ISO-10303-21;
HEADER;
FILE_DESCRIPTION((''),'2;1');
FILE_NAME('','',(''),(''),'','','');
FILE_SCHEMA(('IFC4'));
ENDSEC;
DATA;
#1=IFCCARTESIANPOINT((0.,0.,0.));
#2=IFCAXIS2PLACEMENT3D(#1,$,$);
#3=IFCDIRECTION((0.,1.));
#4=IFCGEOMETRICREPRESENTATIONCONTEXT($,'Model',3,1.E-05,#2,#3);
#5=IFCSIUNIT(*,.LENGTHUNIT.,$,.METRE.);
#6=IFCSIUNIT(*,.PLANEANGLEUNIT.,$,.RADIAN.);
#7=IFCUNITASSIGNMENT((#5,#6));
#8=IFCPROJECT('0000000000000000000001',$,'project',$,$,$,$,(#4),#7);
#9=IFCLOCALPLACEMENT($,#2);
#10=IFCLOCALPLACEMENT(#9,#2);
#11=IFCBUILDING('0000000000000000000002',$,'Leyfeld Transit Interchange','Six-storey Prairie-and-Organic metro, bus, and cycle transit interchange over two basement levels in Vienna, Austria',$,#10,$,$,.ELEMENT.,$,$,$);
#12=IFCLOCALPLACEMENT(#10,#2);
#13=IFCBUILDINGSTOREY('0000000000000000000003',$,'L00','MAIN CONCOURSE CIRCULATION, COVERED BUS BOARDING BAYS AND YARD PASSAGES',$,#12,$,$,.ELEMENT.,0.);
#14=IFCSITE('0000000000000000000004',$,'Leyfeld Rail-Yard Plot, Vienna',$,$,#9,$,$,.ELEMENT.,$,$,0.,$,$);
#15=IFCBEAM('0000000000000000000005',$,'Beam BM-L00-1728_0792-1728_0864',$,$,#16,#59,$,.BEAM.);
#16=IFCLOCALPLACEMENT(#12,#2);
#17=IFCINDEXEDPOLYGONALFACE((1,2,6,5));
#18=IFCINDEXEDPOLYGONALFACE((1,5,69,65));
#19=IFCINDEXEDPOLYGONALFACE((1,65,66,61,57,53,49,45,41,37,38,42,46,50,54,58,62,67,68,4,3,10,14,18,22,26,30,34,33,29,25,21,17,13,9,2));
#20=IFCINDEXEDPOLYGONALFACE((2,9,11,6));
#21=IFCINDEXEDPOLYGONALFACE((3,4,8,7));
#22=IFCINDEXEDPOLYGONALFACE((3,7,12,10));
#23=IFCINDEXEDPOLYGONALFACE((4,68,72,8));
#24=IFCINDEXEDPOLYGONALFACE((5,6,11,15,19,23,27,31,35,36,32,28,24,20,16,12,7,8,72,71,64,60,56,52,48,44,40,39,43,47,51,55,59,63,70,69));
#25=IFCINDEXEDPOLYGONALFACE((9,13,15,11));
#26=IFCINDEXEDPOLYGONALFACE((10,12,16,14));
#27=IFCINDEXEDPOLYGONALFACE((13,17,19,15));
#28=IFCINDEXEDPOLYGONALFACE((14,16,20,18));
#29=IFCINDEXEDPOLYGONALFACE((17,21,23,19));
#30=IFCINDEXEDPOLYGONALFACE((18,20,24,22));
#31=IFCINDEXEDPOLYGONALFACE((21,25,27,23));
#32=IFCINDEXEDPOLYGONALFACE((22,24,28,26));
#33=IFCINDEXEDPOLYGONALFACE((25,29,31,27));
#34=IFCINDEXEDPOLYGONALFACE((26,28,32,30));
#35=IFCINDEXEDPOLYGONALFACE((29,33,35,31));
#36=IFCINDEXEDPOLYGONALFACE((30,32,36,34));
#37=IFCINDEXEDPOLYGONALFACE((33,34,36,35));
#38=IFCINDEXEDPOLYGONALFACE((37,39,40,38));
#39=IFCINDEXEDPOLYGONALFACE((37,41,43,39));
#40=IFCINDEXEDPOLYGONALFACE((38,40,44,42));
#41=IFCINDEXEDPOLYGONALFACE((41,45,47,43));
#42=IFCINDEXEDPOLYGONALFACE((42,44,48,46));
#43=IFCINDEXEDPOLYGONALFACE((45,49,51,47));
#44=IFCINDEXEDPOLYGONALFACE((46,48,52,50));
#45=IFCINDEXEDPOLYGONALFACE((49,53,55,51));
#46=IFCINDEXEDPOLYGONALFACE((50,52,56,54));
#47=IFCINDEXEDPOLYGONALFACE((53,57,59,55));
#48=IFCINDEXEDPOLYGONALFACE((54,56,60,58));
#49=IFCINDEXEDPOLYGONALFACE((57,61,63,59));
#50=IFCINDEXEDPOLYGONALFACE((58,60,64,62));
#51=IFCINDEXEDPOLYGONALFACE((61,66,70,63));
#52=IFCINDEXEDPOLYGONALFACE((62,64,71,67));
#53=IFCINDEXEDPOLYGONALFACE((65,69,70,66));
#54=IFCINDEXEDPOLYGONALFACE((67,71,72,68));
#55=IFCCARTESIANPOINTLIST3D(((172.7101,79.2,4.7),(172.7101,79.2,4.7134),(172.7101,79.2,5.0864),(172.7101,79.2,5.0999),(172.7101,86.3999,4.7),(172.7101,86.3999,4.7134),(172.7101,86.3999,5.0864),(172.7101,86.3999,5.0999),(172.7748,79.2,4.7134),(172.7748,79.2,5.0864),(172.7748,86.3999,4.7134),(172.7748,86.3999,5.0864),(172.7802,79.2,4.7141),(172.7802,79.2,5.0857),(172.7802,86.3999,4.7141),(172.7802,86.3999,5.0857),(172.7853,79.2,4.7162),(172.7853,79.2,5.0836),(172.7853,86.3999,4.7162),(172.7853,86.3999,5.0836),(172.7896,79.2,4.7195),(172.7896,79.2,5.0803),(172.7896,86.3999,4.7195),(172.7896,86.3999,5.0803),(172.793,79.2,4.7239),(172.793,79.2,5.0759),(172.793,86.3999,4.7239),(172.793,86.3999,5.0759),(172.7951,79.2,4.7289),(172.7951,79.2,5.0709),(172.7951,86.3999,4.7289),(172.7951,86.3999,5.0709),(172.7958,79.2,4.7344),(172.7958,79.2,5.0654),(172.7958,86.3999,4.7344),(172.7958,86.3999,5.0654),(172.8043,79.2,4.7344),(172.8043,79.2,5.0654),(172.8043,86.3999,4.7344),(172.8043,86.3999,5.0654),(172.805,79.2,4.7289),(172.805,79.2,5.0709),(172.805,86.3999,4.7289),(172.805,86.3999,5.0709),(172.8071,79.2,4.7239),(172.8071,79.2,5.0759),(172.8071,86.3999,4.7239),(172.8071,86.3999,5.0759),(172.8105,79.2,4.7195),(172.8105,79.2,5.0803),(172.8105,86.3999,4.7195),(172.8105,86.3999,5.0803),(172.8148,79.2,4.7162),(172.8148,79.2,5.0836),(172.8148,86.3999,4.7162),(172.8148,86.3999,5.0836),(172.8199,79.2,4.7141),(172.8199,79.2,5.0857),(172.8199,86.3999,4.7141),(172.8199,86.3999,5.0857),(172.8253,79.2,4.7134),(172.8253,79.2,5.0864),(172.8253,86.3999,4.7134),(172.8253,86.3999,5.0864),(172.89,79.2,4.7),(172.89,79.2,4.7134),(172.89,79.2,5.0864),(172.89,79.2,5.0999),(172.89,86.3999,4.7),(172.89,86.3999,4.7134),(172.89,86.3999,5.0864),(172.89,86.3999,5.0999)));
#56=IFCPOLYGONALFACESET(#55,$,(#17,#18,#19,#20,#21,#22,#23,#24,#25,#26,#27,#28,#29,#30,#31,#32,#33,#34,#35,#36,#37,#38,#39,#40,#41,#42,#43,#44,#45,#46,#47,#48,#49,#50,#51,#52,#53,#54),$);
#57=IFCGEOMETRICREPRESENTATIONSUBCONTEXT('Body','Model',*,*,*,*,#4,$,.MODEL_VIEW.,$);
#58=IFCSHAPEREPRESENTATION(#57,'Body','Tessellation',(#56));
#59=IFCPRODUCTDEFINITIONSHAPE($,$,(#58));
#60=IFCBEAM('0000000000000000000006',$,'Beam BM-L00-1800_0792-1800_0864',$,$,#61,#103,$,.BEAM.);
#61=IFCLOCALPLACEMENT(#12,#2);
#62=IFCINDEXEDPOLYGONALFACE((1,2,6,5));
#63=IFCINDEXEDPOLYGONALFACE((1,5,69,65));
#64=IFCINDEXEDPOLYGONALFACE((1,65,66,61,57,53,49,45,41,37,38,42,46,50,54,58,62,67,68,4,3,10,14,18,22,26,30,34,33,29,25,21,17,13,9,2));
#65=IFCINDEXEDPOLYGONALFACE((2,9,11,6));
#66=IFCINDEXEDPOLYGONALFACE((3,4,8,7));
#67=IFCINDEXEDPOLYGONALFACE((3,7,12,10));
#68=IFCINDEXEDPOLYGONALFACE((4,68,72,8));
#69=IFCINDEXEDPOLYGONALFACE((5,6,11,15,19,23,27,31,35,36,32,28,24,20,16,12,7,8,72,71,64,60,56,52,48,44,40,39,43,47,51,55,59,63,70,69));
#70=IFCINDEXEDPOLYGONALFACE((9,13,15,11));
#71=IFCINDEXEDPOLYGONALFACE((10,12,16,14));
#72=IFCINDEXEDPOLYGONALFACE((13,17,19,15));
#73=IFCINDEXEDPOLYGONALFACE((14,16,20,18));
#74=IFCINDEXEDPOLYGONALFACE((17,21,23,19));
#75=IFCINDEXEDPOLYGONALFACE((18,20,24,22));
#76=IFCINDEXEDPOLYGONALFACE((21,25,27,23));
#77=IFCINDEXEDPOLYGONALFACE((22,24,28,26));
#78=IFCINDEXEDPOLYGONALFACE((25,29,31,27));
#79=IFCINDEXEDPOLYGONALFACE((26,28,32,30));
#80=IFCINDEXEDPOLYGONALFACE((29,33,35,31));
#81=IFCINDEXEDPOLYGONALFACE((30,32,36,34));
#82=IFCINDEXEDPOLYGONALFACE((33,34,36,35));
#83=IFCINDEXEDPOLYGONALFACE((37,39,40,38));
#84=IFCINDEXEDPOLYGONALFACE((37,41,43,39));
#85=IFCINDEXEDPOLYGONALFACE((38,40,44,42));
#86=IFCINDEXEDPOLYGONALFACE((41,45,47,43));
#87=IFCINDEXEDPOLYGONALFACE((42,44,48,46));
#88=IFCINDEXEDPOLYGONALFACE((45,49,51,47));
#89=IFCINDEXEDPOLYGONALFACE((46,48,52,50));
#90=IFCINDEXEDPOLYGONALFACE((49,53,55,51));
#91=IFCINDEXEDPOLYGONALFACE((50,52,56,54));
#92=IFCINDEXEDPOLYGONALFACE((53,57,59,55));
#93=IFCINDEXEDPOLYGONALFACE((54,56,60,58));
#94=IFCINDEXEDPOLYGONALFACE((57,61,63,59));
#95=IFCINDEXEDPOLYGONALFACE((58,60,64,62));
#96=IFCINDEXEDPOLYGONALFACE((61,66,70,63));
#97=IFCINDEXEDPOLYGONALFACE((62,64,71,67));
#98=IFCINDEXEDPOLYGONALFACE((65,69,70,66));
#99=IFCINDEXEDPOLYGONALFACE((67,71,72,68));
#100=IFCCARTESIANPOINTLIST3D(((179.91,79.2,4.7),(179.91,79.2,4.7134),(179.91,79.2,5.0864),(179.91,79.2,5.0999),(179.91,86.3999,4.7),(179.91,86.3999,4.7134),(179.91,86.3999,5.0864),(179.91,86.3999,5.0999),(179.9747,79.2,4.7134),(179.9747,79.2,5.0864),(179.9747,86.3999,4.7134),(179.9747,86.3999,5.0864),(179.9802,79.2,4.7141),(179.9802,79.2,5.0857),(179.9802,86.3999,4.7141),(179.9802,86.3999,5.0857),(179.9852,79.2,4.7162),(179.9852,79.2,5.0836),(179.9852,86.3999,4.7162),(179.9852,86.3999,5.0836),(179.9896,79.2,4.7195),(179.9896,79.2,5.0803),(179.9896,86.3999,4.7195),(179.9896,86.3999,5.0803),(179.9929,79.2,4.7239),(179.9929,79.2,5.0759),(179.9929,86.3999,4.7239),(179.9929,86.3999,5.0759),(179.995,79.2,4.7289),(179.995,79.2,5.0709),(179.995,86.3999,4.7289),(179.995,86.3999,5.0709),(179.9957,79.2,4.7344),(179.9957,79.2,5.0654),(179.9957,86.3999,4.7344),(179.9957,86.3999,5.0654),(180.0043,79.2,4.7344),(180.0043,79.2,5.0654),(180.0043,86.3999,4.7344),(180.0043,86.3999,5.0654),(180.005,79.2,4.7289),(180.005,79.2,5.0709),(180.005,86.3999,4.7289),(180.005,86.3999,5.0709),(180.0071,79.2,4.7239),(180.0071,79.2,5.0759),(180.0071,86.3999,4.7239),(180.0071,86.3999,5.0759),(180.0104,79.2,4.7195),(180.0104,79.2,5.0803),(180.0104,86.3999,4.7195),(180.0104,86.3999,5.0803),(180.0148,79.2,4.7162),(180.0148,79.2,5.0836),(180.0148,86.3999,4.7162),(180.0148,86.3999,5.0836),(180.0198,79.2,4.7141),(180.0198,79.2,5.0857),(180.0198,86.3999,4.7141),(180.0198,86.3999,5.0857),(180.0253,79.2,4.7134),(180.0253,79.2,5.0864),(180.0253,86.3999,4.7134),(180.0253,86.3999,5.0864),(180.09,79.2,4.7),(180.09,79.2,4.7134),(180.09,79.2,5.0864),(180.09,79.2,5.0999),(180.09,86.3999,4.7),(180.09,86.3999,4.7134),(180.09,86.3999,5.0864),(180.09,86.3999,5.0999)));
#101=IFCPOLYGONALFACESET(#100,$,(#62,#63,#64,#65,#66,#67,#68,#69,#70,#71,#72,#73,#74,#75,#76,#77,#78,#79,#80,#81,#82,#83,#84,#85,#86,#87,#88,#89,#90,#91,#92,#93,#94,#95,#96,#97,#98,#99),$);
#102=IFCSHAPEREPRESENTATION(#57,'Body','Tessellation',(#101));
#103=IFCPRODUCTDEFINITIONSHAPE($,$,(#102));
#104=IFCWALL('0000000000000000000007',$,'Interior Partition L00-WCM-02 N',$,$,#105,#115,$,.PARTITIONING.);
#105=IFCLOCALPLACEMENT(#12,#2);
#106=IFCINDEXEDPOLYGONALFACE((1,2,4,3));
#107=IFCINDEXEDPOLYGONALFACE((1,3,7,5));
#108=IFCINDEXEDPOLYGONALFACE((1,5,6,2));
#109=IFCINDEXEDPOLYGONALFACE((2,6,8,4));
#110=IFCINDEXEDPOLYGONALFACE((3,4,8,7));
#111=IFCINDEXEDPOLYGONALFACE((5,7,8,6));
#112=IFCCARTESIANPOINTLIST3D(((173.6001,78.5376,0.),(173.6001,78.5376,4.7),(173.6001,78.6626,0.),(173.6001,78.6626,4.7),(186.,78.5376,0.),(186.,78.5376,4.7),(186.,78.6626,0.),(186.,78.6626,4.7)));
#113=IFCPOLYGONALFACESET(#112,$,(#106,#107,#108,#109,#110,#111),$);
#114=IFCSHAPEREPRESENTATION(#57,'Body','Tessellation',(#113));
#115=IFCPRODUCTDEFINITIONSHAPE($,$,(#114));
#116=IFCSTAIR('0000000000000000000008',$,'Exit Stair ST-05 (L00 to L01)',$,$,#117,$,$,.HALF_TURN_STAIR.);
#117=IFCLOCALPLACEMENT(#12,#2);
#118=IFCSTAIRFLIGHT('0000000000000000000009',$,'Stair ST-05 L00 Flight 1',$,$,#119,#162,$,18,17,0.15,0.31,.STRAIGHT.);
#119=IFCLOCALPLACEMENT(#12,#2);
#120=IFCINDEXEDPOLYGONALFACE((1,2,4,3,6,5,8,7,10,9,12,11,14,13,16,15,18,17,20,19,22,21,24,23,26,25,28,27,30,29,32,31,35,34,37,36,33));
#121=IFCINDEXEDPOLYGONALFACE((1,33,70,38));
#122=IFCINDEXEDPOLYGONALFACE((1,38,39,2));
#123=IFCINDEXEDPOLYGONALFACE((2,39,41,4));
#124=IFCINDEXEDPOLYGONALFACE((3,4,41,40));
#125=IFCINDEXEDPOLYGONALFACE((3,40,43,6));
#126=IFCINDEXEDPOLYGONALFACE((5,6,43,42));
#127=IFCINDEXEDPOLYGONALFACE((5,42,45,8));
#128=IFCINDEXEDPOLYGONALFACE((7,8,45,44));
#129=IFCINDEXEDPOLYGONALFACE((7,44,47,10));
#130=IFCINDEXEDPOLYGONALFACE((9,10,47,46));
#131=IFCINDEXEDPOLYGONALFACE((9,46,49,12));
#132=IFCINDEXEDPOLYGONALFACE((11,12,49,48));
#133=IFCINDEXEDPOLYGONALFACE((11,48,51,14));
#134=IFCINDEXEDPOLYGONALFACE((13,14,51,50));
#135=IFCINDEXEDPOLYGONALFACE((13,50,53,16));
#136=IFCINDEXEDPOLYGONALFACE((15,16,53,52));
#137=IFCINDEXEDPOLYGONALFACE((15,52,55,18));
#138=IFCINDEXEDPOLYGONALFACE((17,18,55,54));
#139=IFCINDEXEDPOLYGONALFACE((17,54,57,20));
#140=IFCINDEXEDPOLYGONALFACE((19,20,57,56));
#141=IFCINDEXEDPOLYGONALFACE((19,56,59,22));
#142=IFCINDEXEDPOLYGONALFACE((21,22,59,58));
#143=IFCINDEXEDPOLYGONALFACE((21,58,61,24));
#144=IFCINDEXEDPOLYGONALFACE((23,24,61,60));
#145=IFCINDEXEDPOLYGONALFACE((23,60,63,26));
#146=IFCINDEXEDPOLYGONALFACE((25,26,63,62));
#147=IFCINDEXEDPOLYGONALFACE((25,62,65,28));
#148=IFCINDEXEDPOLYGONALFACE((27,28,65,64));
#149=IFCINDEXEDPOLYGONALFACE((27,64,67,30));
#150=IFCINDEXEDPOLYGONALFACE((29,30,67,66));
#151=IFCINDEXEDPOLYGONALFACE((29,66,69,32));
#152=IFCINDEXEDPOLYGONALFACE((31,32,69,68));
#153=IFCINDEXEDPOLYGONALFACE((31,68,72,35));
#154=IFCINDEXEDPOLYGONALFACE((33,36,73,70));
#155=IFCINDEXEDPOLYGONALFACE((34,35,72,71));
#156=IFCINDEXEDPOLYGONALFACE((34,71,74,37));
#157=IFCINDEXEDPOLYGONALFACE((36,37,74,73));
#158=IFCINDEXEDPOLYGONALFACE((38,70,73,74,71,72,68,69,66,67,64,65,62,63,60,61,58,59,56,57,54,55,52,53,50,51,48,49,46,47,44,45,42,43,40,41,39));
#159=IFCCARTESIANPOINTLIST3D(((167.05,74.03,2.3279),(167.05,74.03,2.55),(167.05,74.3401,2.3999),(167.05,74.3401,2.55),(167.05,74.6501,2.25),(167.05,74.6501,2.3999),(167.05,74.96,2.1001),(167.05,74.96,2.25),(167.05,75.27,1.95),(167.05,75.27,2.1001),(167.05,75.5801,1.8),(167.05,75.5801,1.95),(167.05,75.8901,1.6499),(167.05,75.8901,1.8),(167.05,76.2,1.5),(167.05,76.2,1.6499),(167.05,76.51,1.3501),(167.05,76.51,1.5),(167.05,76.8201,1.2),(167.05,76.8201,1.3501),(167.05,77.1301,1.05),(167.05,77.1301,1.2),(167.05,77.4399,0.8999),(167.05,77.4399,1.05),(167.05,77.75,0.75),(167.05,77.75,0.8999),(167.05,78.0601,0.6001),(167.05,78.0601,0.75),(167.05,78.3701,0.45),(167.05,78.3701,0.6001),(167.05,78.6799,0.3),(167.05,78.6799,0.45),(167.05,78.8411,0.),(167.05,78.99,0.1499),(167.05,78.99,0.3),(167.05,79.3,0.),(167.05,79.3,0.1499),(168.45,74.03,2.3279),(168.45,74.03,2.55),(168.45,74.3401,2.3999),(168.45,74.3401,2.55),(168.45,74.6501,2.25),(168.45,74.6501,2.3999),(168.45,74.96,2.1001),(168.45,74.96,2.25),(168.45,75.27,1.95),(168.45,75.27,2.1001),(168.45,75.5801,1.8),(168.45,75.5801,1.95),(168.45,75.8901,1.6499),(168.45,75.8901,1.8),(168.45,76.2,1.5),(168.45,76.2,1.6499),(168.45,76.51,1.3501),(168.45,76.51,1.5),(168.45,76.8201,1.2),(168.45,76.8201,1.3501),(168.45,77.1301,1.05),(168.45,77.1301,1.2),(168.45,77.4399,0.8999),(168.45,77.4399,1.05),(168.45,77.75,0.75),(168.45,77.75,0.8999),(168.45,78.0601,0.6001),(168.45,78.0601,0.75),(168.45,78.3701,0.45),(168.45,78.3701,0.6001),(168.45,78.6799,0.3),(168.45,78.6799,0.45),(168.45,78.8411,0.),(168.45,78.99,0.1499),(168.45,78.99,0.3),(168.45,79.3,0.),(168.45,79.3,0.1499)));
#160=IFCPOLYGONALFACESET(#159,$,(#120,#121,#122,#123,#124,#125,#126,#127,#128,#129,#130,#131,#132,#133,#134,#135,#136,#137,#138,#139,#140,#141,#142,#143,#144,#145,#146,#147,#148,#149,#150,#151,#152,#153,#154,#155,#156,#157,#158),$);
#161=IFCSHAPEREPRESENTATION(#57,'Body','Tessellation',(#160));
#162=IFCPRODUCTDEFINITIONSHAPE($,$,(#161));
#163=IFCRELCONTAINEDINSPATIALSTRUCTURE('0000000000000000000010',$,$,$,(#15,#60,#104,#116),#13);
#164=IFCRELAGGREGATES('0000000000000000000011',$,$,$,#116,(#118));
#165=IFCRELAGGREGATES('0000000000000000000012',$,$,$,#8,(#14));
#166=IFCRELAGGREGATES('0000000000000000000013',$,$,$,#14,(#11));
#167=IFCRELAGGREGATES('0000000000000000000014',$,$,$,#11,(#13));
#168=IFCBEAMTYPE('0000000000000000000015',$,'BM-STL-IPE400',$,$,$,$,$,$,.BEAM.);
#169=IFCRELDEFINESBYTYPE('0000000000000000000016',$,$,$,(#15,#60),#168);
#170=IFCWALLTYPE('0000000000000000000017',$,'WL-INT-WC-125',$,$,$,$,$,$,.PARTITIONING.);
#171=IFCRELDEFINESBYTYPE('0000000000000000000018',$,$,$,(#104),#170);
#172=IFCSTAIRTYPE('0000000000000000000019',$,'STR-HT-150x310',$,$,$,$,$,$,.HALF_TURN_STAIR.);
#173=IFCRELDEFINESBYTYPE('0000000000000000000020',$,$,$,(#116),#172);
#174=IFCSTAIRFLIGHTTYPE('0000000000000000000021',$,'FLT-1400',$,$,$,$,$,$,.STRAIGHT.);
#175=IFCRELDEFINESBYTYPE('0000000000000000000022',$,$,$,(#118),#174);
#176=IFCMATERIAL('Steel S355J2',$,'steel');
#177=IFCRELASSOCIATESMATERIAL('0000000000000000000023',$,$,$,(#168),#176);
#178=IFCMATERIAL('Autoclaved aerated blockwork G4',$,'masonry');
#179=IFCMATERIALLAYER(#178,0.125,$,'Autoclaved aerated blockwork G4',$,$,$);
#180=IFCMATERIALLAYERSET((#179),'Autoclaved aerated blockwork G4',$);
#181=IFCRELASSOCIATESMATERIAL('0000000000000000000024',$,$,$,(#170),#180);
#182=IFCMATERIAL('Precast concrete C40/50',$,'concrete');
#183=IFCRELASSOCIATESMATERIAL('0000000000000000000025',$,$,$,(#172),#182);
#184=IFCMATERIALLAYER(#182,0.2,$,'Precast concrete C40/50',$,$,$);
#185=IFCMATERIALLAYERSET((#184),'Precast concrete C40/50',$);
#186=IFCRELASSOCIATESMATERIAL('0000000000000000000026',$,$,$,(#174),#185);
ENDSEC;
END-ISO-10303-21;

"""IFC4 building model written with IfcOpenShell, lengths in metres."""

from ifc_helpers import new_model, si_unit, direction, frame, frame_2d, origin, origin_2d, place, context, subcontext, project, spatial, polyline, rectangle, i_section, outline, extrude, material, layer, layer_set, material_profile, profile_set, type_object, element, aggregate, save


model = new_model("IFC4")

# Units and contexts
model_context = context("Model", 3, precision=1e-05, world=origin(), true_north=direction((0.0, 1.0)))
body_context = subcontext(model_context, "Body", "Model", "MODEL_VIEW")
ifc_project = project(units=[si_unit("LENGTHUNIT", "METRE"), si_unit("PLANEANGLEUNIT", "RADIAN")], contexts=[model_context])

# Site, building, storey
site_placement = place(None, origin())
site = spatial("IfcSite", under=ifc_project, at=site_placement, Name="Leyfeld Rail-Yard Plot, Vienna", CompositionType="ELEMENT", RefElevation=0.0)
building_placement = place(site_placement, origin())
building = spatial("IfcBuilding", under=site, at=building_placement, Name="Leyfeld Transit Interchange", Description="Six-storey Prairie-and-Organic metro, bus, and cycle transit interchange over two basement levels in Vienna, Austria", CompositionType="ELEMENT")
storey_placement = place(building_placement, origin())
storey = spatial("IfcBuildingStorey", under=building, at=storey_placement, Name="L00", Description="MAIN CONCOURSE CIRCULATION, COVERED BUS BOARDING BAYS AND YARD PASSAGES", CompositionType="ELEMENT", Elevation=0.0)

# Beams
ifc_material_1 = material(Name="Steel S355J2", Category="steel")
ifc_material_profile_1 = material_profile(ifc_material_1, i_section(OverallWidth=0.1799, OverallDepth=0.3999, WebThickness=0.0085, FlangeThickness=0.0134, FilletRadius=0.021, at=origin_2d()), Name="IPE 400")
ifc_profile_set_1 = profile_set([ifc_material_profile_1], Name="Steel S355J2")
beam_type_1 = type_object("IfcBeamType", Name="BM-STL-IPE400", PredefinedType="BEAM", material=ifc_profile_set_1)
for number, where, z_axis, x_axis, name in (
    (1, (172.8, 79.2, 4.8999), (0.0, 1.0, 0.0), (-1.0, 0.0, 0.0), "Beam BM-L00-1728_0792-1728_0864"),
    (2, (180.0, 79.2, 4.8999), (0.0, 1.0, 0.0), (-1.0, 0.0, 0.0), "Beam BM-L00-1800_0792-1800_0864"),
):
    element("IfcBeam", number, at=place(storey_placement, frame(where, z_axis=z_axis, x_axis=x_axis)), inside=storey, type_object=beam_type_1, Name=name, PredefinedType="BEAM", context=body_context, shape_type="SweptSolid", body=[
        extrude(i_section(OverallWidth=0.1799, OverallDepth=0.3999, WebThickness=0.0085, FlangeThickness=0.0134, FilletRadius=0.021, at=origin_2d()), origin(), (0.0, 0.0, 1.0), 7.2),
    ])

# Wall
ifc_material_2 = material(Name="Autoclaved aerated blockwork G4", Category="masonry")
ifc_layer_1 = layer(ifc_material_2, 0.125, Name="Autoclaved aerated blockwork G4")
ifc_layer_set_1 = layer_set([ifc_layer_1], Name="Autoclaved aerated blockwork G4")
wall_type = type_object("IfcWallType", Name="WL-INT-WC-125", PredefinedType="PARTITIONING", material=ifc_layer_set_1)
wall_placement = place(storey_placement, frame((173.6001, 78.6001, 0.0), z_axis=(0.0, 0.0, 1.0), x_axis=(1.0, 0.0, 0.0)))
element("IfcWall", 3, at=wall_placement, inside=storey, type_object=wall_type, Name="Interior Partition L00-WCM-02 N", PredefinedType="PARTITIONING", context=body_context, shape_type="SweptSolid", body=[
    extrude(rectangle(XDim=12.3999, YDim=0.125, at=frame_2d((6.2, 0.0))), origin(), (0.0, 0.0, 1.0), 4.7),
])

# Stair, stair flight
ifc_material_3 = material(Name="Precast concrete C40/50", Category="concrete")
stair_type = type_object("IfcStairType", Name="STR-HT-150x310", PredefinedType="HALF_TURN_STAIR", material=ifc_material_3)
stair_placement = place(storey_placement, origin())
stair = element("IfcStair", 4, at=stair_placement, inside=storey, type_object=stair_type, Name="Exit Stair ST-05 (L00 to L01)", PredefinedType="HALF_TURN_STAIR")
ifc_layer_2 = layer(ifc_material_3, 0.2, Name="Precast concrete C40/50")
ifc_layer_set_2 = layer_set([ifc_layer_2], Name="Precast concrete C40/50")
stair_flight_type = type_object("IfcStairFlightType", Name="FLT-1400", PredefinedType="STRAIGHT", material=ifc_layer_set_2)
stair_flight_placement = place(storey_placement, frame((167.75, 79.3, 0.0), z_axis=(0.0, 0.0, 1.0), x_axis=(0.0, -1.0, 0.0)))
stair_flight = element("IfcStairFlight", 5, at=stair_flight_placement, type_object=stair_flight_type, Name="Stair ST-05 L00 Flight 1", NumberOfRisers=18, NumberOfTreads=17, PredefinedType="STRAIGHT", RiserHeight=0.15, TreadLength=0.31, context=body_context, shape_type="SweptSolid", body=[
    extrude(outline(polyline([(0.0, 0.0), (0.0, 0.1499), (0.3101, 0.1499), (0.3101, 0.3), (0.6201, 0.3), (0.6201, 0.45), (0.9299, 0.45), (0.9299, 0.6001), (1.24, 0.6001), (1.24, 0.75), (1.55, 0.75), (1.55, 0.8999), (1.8601, 0.8999), (1.8601, 1.05), (2.1699, 1.05), (2.1699, 1.2), (2.48, 1.2), (2.48, 1.3501), (2.79, 1.3501), (2.79, 1.5), (3.1001, 1.5), (3.1001, 1.6499), (3.4099, 1.6499), (3.4099, 1.8), (3.72, 1.8), (3.72, 1.95), (4.03, 1.95), (4.03, 2.1001), (4.3401, 2.1001), (4.3401, 2.25), (4.6499, 2.25), (4.6499, 2.3999), (4.96, 2.3999), (4.96, 2.55), (5.27, 2.55), (5.27, 2.7), (5.27, 2.3279), (0.459, 0.0), (0.0, 0.0)])), frame((0.0, 0.7, 0.0), z_axis=(0.0, -1.0, 0.0), x_axis=(1.0, 0.0, 0.0)), (0.0, 0.0, 1.0), 1.3999),
])
aggregate(stair, [stair_flight])

save(model, "model.ifc")
